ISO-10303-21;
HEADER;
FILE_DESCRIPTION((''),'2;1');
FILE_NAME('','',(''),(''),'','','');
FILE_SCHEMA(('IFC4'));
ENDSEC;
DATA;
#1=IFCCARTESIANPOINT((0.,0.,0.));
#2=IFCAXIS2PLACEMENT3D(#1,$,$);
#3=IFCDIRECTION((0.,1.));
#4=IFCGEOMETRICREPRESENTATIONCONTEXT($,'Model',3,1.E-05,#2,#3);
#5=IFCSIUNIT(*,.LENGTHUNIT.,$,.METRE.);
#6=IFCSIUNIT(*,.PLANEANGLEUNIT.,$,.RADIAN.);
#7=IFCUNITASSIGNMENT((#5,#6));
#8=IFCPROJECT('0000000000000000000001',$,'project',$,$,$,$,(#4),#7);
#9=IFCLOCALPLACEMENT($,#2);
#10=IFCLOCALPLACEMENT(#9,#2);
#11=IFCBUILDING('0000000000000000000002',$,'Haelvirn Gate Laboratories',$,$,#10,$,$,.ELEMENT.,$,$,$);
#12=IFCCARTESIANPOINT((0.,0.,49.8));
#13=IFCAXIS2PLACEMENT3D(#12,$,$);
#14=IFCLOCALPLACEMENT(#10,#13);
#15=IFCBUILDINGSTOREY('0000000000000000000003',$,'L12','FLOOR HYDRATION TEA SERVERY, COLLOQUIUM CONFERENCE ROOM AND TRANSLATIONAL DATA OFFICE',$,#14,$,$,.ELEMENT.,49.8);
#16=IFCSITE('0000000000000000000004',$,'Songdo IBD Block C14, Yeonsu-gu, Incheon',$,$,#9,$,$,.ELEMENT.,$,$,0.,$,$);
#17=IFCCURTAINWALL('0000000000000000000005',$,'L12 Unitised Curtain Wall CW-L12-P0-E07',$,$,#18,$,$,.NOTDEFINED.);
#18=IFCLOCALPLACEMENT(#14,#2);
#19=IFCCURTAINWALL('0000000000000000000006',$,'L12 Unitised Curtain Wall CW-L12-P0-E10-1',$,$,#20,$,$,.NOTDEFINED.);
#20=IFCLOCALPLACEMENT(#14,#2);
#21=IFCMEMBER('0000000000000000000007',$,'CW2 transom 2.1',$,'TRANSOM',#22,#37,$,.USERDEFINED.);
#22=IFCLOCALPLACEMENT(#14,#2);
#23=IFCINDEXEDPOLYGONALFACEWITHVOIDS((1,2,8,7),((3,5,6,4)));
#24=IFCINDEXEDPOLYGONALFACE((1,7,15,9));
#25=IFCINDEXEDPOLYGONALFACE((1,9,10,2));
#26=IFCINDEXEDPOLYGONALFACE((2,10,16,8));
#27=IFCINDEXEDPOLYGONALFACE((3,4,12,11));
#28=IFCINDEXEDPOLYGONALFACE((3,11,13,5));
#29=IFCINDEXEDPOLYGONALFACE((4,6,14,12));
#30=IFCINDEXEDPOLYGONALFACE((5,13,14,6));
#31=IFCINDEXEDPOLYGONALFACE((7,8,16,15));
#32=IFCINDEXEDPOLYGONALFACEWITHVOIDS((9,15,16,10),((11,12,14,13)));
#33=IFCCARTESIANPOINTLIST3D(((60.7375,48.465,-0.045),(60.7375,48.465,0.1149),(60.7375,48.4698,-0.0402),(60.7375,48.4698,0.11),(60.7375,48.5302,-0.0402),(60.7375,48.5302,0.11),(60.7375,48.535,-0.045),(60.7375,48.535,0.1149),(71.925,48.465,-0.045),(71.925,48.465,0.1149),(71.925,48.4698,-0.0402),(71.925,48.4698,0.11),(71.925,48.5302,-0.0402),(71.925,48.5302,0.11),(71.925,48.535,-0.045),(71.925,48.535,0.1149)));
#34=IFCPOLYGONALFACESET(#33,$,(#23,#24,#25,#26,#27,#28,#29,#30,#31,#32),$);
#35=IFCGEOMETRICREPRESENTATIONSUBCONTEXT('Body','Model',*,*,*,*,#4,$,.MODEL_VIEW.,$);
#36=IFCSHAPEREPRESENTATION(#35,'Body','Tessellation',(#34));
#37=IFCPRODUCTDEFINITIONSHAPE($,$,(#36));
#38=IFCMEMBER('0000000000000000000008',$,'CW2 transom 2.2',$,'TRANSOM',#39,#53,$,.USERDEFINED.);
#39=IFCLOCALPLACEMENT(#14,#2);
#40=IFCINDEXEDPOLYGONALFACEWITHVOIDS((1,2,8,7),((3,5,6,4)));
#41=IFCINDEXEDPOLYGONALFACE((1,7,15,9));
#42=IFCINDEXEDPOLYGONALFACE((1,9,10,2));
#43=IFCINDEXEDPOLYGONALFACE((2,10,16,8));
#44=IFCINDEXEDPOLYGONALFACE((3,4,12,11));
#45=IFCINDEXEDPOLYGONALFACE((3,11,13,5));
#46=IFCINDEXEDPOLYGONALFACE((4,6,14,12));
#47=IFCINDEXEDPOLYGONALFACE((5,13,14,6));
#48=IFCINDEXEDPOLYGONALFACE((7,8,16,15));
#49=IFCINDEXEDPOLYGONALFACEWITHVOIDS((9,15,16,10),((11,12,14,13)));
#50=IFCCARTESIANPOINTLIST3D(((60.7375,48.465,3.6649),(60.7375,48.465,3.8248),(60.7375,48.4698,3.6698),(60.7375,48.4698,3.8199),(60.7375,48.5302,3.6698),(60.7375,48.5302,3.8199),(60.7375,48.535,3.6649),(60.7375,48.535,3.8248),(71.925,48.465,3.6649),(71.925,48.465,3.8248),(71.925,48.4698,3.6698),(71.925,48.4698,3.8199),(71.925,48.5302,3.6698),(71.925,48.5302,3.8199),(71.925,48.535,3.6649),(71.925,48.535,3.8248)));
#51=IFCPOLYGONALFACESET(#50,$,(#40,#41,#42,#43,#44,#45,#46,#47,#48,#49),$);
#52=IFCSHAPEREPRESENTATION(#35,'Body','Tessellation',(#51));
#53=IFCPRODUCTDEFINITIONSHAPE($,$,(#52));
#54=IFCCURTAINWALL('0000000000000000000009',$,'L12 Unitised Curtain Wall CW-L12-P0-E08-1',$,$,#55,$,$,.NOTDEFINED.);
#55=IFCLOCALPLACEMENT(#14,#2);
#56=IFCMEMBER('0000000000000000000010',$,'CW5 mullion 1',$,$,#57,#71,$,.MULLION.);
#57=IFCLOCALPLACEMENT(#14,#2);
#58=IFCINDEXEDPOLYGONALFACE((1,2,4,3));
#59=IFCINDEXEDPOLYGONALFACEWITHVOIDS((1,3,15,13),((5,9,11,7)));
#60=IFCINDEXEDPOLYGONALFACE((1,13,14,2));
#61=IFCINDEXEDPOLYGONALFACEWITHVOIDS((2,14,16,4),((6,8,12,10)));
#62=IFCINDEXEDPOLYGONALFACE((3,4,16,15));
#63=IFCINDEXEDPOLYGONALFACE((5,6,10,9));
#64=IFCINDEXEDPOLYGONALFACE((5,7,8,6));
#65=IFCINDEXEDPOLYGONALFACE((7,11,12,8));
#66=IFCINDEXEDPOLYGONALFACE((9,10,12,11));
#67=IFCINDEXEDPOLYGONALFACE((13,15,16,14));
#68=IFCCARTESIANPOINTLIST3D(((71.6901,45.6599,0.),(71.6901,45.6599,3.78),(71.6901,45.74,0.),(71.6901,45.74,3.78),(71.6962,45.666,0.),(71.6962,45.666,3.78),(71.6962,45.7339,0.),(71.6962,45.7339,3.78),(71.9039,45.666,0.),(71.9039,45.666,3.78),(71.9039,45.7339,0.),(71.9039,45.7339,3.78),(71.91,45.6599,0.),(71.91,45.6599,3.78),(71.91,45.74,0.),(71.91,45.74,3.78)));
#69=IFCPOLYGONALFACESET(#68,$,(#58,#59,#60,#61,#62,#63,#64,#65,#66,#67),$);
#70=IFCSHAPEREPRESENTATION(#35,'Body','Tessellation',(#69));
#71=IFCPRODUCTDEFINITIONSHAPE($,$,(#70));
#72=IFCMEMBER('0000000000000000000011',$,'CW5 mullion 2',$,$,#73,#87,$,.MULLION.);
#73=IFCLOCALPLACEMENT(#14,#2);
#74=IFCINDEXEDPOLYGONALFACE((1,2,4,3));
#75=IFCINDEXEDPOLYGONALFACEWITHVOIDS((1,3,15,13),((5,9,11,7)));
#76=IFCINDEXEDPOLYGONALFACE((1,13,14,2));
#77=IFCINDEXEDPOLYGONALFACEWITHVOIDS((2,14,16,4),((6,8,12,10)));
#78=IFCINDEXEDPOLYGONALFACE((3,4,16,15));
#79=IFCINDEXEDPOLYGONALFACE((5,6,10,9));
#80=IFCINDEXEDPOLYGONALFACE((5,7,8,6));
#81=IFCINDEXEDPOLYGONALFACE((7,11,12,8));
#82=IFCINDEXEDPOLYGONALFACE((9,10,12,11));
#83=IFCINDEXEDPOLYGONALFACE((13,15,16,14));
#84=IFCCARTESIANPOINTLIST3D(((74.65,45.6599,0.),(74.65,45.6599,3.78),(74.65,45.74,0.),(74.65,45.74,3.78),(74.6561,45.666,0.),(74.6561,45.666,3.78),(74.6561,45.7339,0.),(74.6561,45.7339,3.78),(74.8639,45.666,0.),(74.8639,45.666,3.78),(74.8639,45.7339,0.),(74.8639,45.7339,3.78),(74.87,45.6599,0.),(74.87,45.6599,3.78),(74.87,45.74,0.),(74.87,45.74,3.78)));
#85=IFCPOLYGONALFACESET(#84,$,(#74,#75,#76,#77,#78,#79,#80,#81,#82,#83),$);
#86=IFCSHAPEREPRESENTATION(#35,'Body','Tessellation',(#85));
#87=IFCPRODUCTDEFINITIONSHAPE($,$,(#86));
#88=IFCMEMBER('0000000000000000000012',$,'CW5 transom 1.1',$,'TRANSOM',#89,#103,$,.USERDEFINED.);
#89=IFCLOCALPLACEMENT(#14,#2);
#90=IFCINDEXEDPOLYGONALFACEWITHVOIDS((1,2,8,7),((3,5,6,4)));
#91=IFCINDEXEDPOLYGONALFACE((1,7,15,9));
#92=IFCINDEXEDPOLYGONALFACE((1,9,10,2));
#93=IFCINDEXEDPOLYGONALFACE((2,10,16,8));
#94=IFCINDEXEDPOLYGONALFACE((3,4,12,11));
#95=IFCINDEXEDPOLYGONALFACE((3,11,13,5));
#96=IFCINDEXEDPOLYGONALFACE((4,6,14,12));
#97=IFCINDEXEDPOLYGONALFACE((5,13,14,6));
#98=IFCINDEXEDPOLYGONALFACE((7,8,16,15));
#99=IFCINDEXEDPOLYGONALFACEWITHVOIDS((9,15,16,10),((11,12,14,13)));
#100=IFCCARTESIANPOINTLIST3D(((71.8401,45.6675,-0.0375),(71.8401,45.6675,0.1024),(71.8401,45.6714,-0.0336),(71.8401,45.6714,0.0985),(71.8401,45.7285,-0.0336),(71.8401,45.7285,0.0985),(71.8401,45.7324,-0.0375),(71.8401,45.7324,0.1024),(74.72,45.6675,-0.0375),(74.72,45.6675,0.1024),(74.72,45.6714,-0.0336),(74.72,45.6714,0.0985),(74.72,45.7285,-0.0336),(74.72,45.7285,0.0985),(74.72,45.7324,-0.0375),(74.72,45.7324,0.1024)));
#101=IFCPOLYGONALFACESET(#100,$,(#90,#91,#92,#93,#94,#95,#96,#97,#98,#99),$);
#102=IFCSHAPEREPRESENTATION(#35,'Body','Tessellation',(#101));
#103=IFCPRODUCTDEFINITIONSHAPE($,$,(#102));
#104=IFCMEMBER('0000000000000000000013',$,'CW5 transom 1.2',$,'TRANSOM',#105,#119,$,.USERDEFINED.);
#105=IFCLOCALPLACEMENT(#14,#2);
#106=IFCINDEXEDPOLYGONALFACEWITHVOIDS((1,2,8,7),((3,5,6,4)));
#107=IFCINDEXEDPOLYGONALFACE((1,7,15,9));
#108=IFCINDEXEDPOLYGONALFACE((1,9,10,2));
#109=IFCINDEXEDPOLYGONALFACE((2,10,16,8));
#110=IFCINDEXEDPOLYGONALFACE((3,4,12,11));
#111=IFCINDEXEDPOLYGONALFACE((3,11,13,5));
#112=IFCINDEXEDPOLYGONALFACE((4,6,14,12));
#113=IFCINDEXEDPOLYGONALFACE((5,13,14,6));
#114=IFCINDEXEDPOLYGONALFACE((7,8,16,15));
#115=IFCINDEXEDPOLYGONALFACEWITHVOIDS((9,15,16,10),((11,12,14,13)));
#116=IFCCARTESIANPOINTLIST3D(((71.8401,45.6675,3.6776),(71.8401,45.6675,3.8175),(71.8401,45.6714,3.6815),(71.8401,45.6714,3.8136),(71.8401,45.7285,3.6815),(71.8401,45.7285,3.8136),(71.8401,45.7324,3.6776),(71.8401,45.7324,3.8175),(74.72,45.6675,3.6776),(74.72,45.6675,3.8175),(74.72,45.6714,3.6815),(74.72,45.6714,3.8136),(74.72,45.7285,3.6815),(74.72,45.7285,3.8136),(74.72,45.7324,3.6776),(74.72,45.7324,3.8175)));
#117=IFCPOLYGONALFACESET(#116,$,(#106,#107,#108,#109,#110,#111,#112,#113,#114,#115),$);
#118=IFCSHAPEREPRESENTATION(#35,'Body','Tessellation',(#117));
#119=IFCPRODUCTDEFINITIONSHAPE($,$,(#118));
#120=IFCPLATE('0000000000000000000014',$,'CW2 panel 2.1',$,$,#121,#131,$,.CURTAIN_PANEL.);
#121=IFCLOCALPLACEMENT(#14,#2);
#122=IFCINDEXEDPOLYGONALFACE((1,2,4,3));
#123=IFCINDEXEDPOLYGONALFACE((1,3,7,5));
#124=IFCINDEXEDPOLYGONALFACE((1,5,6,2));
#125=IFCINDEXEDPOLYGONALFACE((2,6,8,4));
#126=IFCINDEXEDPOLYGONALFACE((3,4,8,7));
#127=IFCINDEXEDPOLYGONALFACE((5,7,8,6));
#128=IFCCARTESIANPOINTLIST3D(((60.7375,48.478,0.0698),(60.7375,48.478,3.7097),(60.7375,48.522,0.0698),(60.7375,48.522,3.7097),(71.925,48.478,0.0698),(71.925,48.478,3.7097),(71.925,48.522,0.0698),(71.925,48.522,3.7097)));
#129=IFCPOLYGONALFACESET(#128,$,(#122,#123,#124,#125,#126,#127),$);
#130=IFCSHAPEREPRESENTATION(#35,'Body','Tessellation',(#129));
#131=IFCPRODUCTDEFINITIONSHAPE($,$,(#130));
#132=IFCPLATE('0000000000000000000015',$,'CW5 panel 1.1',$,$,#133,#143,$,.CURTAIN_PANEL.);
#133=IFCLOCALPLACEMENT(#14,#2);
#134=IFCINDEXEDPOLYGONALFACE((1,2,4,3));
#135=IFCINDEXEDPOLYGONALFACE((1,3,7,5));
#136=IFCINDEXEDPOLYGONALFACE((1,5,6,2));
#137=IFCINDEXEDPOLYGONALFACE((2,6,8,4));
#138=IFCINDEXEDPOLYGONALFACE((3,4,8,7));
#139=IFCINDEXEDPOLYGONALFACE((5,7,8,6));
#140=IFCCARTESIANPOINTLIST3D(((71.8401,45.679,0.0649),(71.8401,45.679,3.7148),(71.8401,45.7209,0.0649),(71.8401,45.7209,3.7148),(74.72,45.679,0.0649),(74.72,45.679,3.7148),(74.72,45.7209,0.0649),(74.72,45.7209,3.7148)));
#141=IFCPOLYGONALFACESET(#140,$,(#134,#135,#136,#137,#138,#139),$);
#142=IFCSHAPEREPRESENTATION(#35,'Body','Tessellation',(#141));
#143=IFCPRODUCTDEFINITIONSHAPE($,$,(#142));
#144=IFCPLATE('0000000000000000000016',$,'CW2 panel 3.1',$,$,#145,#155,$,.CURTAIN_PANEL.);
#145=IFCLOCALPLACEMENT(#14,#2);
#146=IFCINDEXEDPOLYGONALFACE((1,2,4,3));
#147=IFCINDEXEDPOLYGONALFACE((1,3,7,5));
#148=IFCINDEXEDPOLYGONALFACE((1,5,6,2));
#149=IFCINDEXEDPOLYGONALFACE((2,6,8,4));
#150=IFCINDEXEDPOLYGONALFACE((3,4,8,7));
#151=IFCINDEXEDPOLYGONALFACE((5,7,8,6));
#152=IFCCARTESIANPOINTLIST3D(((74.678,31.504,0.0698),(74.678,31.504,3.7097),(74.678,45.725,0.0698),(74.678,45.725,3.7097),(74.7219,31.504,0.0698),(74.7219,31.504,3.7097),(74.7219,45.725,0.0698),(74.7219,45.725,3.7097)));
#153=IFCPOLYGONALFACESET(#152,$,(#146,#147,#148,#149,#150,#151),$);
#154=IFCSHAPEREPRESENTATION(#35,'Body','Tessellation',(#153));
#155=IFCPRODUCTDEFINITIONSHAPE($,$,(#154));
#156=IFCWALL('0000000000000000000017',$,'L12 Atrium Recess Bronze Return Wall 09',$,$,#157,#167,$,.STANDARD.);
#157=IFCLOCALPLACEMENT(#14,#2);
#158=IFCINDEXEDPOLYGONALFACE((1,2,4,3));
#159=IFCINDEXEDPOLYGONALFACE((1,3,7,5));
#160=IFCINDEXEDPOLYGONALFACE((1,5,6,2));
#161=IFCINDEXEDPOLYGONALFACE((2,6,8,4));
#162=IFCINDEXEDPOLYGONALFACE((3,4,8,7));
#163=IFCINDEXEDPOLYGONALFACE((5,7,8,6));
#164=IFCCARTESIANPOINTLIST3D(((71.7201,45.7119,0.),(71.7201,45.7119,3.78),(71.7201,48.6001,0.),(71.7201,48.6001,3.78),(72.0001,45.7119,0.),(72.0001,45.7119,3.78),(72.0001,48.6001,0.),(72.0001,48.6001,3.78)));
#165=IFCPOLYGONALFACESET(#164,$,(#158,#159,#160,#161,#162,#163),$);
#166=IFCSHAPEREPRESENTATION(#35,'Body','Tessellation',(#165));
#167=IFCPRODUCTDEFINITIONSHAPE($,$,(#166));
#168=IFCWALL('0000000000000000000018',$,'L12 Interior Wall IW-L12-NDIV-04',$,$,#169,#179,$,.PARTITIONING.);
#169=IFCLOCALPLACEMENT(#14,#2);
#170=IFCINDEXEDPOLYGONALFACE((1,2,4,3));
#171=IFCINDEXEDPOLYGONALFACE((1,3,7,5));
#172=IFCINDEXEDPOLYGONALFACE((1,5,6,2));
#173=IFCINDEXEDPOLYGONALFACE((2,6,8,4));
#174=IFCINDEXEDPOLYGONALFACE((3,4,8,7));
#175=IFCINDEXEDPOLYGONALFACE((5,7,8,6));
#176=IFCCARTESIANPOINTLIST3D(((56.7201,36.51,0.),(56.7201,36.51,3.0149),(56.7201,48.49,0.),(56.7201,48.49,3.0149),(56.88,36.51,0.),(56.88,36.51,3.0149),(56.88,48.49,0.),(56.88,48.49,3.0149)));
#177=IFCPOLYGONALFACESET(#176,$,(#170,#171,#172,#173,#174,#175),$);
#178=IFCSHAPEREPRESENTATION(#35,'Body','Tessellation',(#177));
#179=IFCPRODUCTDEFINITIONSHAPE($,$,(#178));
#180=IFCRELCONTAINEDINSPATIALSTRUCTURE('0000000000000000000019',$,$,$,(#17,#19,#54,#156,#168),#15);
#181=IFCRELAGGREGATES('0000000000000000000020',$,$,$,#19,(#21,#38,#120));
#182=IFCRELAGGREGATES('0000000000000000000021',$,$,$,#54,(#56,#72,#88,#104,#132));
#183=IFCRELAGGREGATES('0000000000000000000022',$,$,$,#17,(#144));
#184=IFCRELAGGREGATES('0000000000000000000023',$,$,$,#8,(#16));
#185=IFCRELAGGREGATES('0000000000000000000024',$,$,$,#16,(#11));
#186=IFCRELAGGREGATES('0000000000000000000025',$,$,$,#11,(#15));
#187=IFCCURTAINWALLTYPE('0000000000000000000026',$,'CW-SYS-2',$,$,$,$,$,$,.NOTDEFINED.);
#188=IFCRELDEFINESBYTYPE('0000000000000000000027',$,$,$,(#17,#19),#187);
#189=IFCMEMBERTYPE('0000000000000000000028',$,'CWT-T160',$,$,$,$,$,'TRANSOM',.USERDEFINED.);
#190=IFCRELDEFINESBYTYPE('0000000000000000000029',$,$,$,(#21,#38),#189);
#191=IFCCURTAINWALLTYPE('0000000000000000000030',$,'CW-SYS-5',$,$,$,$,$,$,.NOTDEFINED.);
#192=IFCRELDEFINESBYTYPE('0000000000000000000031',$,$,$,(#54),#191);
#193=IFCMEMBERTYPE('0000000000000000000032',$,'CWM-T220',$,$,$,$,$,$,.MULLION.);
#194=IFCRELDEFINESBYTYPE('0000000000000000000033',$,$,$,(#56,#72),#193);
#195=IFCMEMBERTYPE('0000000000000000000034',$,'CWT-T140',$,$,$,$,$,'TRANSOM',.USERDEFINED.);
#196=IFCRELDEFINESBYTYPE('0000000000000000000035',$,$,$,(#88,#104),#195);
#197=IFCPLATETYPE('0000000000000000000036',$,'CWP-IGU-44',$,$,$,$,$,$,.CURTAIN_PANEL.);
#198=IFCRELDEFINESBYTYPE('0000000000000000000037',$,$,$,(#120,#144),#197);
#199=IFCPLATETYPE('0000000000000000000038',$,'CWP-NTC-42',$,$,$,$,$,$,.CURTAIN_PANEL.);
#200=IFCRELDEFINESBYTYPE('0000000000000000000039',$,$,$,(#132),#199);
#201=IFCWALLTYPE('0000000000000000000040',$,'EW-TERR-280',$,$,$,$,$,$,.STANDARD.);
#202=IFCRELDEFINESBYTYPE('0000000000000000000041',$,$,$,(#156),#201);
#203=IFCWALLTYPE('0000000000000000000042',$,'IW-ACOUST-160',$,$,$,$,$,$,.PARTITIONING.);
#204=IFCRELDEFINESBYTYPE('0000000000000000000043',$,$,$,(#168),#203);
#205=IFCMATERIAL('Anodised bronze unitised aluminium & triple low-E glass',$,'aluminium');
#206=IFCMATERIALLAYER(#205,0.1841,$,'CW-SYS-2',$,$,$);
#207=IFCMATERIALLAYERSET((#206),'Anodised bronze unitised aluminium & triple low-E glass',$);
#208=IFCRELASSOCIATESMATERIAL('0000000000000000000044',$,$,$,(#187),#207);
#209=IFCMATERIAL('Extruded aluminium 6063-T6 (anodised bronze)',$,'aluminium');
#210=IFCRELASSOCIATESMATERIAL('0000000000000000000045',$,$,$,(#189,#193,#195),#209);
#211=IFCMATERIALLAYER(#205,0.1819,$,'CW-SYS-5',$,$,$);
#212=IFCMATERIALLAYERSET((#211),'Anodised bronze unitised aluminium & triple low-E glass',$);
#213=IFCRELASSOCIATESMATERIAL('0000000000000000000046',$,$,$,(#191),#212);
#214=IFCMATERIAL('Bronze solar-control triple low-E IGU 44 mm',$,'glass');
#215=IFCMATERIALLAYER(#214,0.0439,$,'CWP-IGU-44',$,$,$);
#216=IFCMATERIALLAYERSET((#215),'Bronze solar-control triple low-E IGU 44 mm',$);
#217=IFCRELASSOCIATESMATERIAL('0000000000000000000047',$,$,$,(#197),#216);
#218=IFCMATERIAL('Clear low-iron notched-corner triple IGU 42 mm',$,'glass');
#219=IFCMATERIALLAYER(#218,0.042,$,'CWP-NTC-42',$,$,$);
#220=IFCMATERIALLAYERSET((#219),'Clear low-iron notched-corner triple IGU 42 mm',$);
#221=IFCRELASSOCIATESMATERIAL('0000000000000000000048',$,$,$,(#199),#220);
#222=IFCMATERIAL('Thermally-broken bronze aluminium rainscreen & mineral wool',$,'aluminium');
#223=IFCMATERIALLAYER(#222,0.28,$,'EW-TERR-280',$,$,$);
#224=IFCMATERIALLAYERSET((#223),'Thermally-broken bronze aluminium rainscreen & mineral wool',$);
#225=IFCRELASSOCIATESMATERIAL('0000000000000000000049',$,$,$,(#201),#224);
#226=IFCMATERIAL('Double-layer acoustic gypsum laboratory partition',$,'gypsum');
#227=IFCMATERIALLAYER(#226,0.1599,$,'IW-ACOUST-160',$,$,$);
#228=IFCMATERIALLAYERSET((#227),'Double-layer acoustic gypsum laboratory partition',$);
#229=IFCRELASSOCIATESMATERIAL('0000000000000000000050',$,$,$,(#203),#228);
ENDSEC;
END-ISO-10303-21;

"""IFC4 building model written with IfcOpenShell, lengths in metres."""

from ifc_helpers import new_model, si_unit, direction, frame, frame_2d, origin, origin_2d, place, context, subcontext, project, spatial, rectangle, hollow_rectangle, extrude, source, transform, mapped, material, layer, layer_set, material_profile, profile_set, type_object, type_shapes, element, aggregate, save


model = new_model("IFC4")

# Units and contexts
model_context = context("Model", 3, precision=1e-05, world=origin(), true_north=direction((0.0, 1.0)))
body_context = subcontext(model_context, "Body", "Model", "MODEL_VIEW")
ifc_project = project(units=[si_unit("LENGTHUNIT", "METRE"), si_unit("PLANEANGLEUNIT", "RADIAN")], contexts=[model_context])

# Site, building, storey
site_placement = place(None, origin())
site = spatial("IfcSite", under=ifc_project, at=site_placement, Name="Songdo IBD Block C14, Yeonsu-gu, Incheon", CompositionType="ELEMENT", RefElevation=0.0)
building_placement = place(site_placement, origin())
building = spatial("IfcBuilding", under=site, at=building_placement, Name="Haelvirn Gate Laboratories", CompositionType="ELEMENT")
storey_placement = place(building_placement, frame((0.0, 0.0, 49.8)))
storey = spatial("IfcBuildingStorey", under=building, at=storey_placement, Name="L12", Description="FLOOR HYDRATION TEA SERVERY, COLLOQUIUM CONFERENCE ROOM AND TRANSLATIONAL DATA OFFICE", CompositionType="ELEMENT", Elevation=49.8)

# Curtain wall
ifc_material_1 = material(Name="Anodised bronze unitised aluminium & triple low-E glass", Category="aluminium")
ifc_layer_1 = layer(ifc_material_1, 0.1841, Name="CW-SYS-2")
ifc_layer_set_1 = layer_set([ifc_layer_1], Name="Anodised bronze unitised aluminium & triple low-E glass")
curtain_wall_type_1 = type_object("IfcCurtainWallType", Name="CW-SYS-2", PredefinedType="NOTDEFINED", material=ifc_layer_set_1)
curtain_wall_1_placement = place(storey_placement, origin())
curtain_wall_1 = element("IfcCurtainWall", 1, at=curtain_wall_1_placement, inside=storey, type_object=curtain_wall_type_1, Name="L12 Unitised Curtain Wall CW-L12-P0-E07", PredefinedType="NOTDEFINED")
ifc_material_2 = material(Name="Extruded aluminium 6063-T6 (anodised bronze)", Category="aluminium")

# Curtain walls, members
curtain_wall_2_placement = place(storey_placement, origin())
curtain_wall_2 = element("IfcCurtainWall", 2, at=curtain_wall_2_placement, inside=storey, type_object=curtain_wall_type_1, Name="L12 Unitised Curtain Wall CW-L12-P0-E10-1", PredefinedType="NOTDEFINED")
ifc_material_profile_1 = material_profile(ifc_material_2, hollow_rectangle(XDim=0.0701, YDim=0.1599, WallThickness=0.0049, at=origin_2d()), Name="CWT-160x70x5")
ifc_profile_set_1 = profile_set([ifc_material_profile_1], Name="Extruded aluminium 6063-T6 (anodised bronze)")
member_type_1 = type_object("IfcMemberType", Name="CWT-T160", ElementType="TRANSOM", PredefinedType="USERDEFINED", material=ifc_profile_set_1)
shared_shape_1 = source(origin(), body_context, "Body", "SweptSolid", [
    extrude(hollow_rectangle(XDim=0.0701, YDim=0.1599, WallThickness=0.0049, at=origin_2d()), origin(), (0.0, 0.0, 1.0), 11.1875),
])
type_shapes(member_type_1, [shared_shape_1])
member_1_placement = place(storey_placement, frame((60.7375, 48.5, 0.0349), z_axis=(1.0, 0.0, 0.0), x_axis=(0.0, 1.0, 0.0)))
member_1 = element("IfcMember", 3, at=member_1_placement, type_object=member_type_1, Name="CW2 transom 2.1", ObjectType="TRANSOM", PredefinedType="USERDEFINED", context=body_context, shape_type="MappedRepresentation", body=[
    mapped(shared_shape_1, transform((0.0, 0.0, 0.0), scale=1.0)),
])
member_2_placement = place(storey_placement, frame((60.7375, 48.5, 3.7449), z_axis=(1.0, 0.0, 0.0), x_axis=(0.0, 1.0, 0.0)))
member_2 = element("IfcMember", 4, at=member_2_placement, type_object=member_type_1, Name="CW2 transom 2.2", ObjectType="TRANSOM", PredefinedType="USERDEFINED", context=body_context, shape_type="MappedRepresentation", body=[
    mapped(shared_shape_1, transform((0.0, 0.0, 0.0), scale=1.0)),
])
ifc_layer_2 = layer(ifc_material_1, 0.1819, Name="CW-SYS-5")
ifc_layer_set_2 = layer_set([ifc_layer_2], Name="Anodised bronze unitised aluminium & triple low-E glass")
curtain_wall_type_2 = type_object("IfcCurtainWallType", Name="CW-SYS-5", PredefinedType="NOTDEFINED", material=ifc_layer_set_2)
curtain_wall_3_placement = place(storey_placement, origin())
curtain_wall_3 = element("IfcCurtainWall", 5, at=curtain_wall_3_placement, inside=storey, type_object=curtain_wall_type_2, Name="L12 Unitised Curtain Wall CW-L12-P0-E08-1", PredefinedType="NOTDEFINED")
ifc_material_profile_2 = material_profile(ifc_material_2, hollow_rectangle(XDim=0.0801, YDim=0.22, WallThickness=0.0061, at=origin_2d()), Name="CWM-220x80x6")
ifc_profile_set_2 = profile_set([ifc_material_profile_2], Name="Extruded aluminium 6063-T6 (anodised bronze)")
member_type_2 = type_object("IfcMemberType", Name="CWM-T220", PredefinedType="MULLION", material=ifc_profile_set_2)
shared_shape_2 = source(origin(), body_context, "Body", "SweptSolid", [
    extrude(hollow_rectangle(XDim=0.0801, YDim=0.22, WallThickness=0.0061, at=origin_2d()), origin(), (0.0, 0.0, 1.0), 3.78),
])
type_shapes(member_type_2, [shared_shape_2])
member_3_placement = place(storey_placement, frame((71.8, 45.7, 0.0), z_axis=(0.0, 0.0, 1.0), x_axis=(0.0, 1.0, 0.0)))
member_3 = element("IfcMember", 6, at=member_3_placement, type_object=member_type_2, Name="CW5 mullion 1", PredefinedType="MULLION", context=body_context, shape_type="MappedRepresentation", body=[
    mapped(shared_shape_2, transform((0.0, 0.0, 0.0), scale=1.0)),
])
member_4_placement = place(storey_placement, frame((74.76, 45.7, 0.0), z_axis=(0.0, 0.0, 1.0), x_axis=(0.0, 1.0, 0.0)))
member_4 = element("IfcMember", 7, at=member_4_placement, type_object=member_type_2, Name="CW5 mullion 2", PredefinedType="MULLION", context=body_context, shape_type="MappedRepresentation", body=[
    mapped(shared_shape_2, transform((0.0, 0.0, 0.0), scale=1.0)),
])
ifc_material_profile_3 = material_profile(ifc_material_2, hollow_rectangle(XDim=0.0649, YDim=0.1399, WallThickness=0.0039, at=origin_2d()), Name="CWT-140x65x4")
ifc_profile_set_3 = profile_set([ifc_material_profile_3], Name="Extruded aluminium 6063-T6 (anodised bronze)")
member_type_3 = type_object("IfcMemberType", Name="CWT-T140", ElementType="TRANSOM", PredefinedType="USERDEFINED", material=ifc_profile_set_3)
shared_shape_3 = source(origin(), body_context, "Body", "SweptSolid", [
    extrude(hollow_rectangle(XDim=0.0649, YDim=0.1399, WallThickness=0.0039, at=origin_2d()), origin(), (0.0, 0.0, 1.0), 2.8799),
])
type_shapes(member_type_3, [shared_shape_3])
member_5_placement = place(storey_placement, frame((71.8401, 45.7, 0.0325), z_axis=(1.0, 0.0, 0.0), x_axis=(0.0, 1.0, 0.0)))
member_5 = element("IfcMember", 8, at=member_5_placement, type_object=member_type_3, Name="CW5 transom 1.1", ObjectType="TRANSOM", PredefinedType="USERDEFINED", context=body_context, shape_type="MappedRepresentation", body=[
    mapped(shared_shape_3, transform((0.0, 0.0, 0.0), scale=1.0)),
])
member_6_placement = place(storey_placement, frame((71.8401, 45.7, 3.7476), z_axis=(1.0, 0.0, 0.0), x_axis=(0.0, 1.0, 0.0)))
member_6 = element("IfcMember", 9, at=member_6_placement, type_object=member_type_3, Name="CW5 transom 1.2", ObjectType="TRANSOM", PredefinedType="USERDEFINED", context=body_context, shape_type="MappedRepresentation", body=[
    mapped(shared_shape_3, transform((0.0, 0.0, 0.0), scale=1.0)),
])

# Plates
ifc_material_3 = material(Name="Bronze solar-control triple low-E IGU 44 mm", Category="glass")
ifc_layer_3 = layer(ifc_material_3, 0.0439, Name="CWP-IGU-44")
ifc_layer_set_3 = layer_set([ifc_layer_3], Name="Bronze solar-control triple low-E IGU 44 mm")
plate_type_1 = type_object("IfcPlateType", Name="CWP-IGU-44", PredefinedType="CURTAIN_PANEL", material=ifc_layer_set_3)
shared_shape_4 = source(origin(), body_context, "Body", "SweptSolid", [
    extrude(rectangle(XDim=11.1875, YDim=0.0439, at=origin_2d()), origin(), (0.0, 0.0, 1.0), 3.6399),
])
plate_1_placement = place(storey_placement, frame((66.3313, 48.5, 0.0698), z_axis=(0.0, 0.0, 1.0), x_axis=(1.0, 0.0, 0.0)))
plate_1 = element("IfcPlate", 10, at=plate_1_placement, type_object=plate_type_1, Name="CW2 panel 2.1", PredefinedType="CURTAIN_PANEL", context=body_context, shape_type="MappedRepresentation", body=[
    mapped(shared_shape_4, transform((0.0, 0.0, 0.0), scale=1.0)),
])
aggregate(curtain_wall_2, [member_1, member_2, plate_1])
ifc_material_4 = material(Name="Clear low-iron notched-corner triple IGU 42 mm", Category="glass")
ifc_layer_4 = layer(ifc_material_4, 0.042, Name="CWP-NTC-42")
ifc_layer_set_4 = layer_set([ifc_layer_4], Name="Clear low-iron notched-corner triple IGU 42 mm")
plate_type_2 = type_object("IfcPlateType", Name="CWP-NTC-42", PredefinedType="CURTAIN_PANEL", material=ifc_layer_set_4)
shared_shape_5 = source(origin(), body_context, "Body", "SweptSolid", [
    extrude(rectangle(XDim=2.8799, YDim=0.042, at=origin_2d()), origin(), (0.0, 0.0, 1.0), 3.6499),
])
type_shapes(plate_type_2, [shared_shape_5])
plate_2_placement = place(storey_placement, frame((73.28, 45.7, 0.0649), z_axis=(0.0, 0.0, 1.0), x_axis=(1.0, 0.0, 0.0)))
plate_2 = element("IfcPlate", 11, at=plate_2_placement, type_object=plate_type_2, Name="CW5 panel 1.1", PredefinedType="CURTAIN_PANEL", context=body_context, shape_type="MappedRepresentation", body=[
    mapped(shared_shape_5, transform((0.0, 0.0, 0.0), scale=1.0)),
])
aggregate(curtain_wall_3, [member_3, member_4, member_5, member_6, plate_2])
shared_shape_6 = source(origin(), body_context, "Body", "SweptSolid", [
    extrude(rectangle(XDim=14.2209, YDim=0.0439, at=origin_2d()), origin(), (0.0, 0.0, 1.0), 3.6399),
])
type_shapes(plate_type_1, [shared_shape_4, shared_shape_6])
plate_3_placement = place(storey_placement, frame((74.7, 38.6145, 0.0698), z_axis=(0.0, 0.0, 1.0), x_axis=(0.0, 1.0, 0.0)))
plate_3 = element("IfcPlate", 12, at=plate_3_placement, type_object=plate_type_1, Name="CW2 panel 3.1", PredefinedType="CURTAIN_PANEL", context=body_context, shape_type="MappedRepresentation", body=[
    mapped(shared_shape_6, transform((0.0, 0.0, 0.0), scale=1.0)),
])
aggregate(curtain_wall_1, [plate_3])

# Walls
ifc_material_5 = material(Name="Thermally-broken bronze aluminium rainscreen & mineral wool", Category="aluminium")
ifc_layer_5 = layer(ifc_material_5, 0.28, Name="EW-TERR-280")
ifc_layer_set_5 = layer_set([ifc_layer_5], Name="Thermally-broken bronze aluminium rainscreen & mineral wool")
wall_type_1 = type_object("IfcWallType", Name="EW-TERR-280", PredefinedType="STANDARD", material=ifc_layer_set_5)
wall_1_placement = place(storey_placement, frame((71.8601, 45.7119, 0.0), z_axis=(0.0, 0.0, 1.0), x_axis=(0.0, 1.0, 0.0)))
element("IfcWall", 13, at=wall_1_placement, inside=storey, type_object=wall_type_1, Name="L12 Atrium Recess Bronze Return Wall 09", PredefinedType="STANDARD", context=body_context, shape_type="SweptSolid", body=[
    extrude(rectangle(XDim=2.8882, YDim=0.28, at=frame_2d((1.4441, 0.0))), origin(), (0.0, 0.0, 1.0), 3.78),
])
ifc_material_6 = material(Name="Double-layer acoustic gypsum laboratory partition", Category="gypsum")
ifc_layer_6 = layer(ifc_material_6, 0.1599, Name="IW-ACOUST-160")
ifc_layer_set_6 = layer_set([ifc_layer_6], Name="Double-layer acoustic gypsum laboratory partition")
wall_type_2 = type_object("IfcWallType", Name="IW-ACOUST-160", PredefinedType="PARTITIONING", material=ifc_layer_set_6)
wall_2_placement = place(storey_placement, frame((56.8, 36.51, 0.0), z_axis=(0.0, 0.0, 1.0), x_axis=(0.0, 1.0, 0.0)))
element("IfcWall", 14, at=wall_2_placement, inside=storey, type_object=wall_type_2, Name="L12 Interior Wall IW-L12-NDIV-04", PredefinedType="PARTITIONING", context=body_context, shape_type="SweptSolid", body=[
    extrude(rectangle(XDim=11.98, YDim=0.1599, at=frame_2d((5.99, 0.0))), origin(), (0.0, 0.0, 1.0), 3.0149),
])

save(model, "model.ifc")
